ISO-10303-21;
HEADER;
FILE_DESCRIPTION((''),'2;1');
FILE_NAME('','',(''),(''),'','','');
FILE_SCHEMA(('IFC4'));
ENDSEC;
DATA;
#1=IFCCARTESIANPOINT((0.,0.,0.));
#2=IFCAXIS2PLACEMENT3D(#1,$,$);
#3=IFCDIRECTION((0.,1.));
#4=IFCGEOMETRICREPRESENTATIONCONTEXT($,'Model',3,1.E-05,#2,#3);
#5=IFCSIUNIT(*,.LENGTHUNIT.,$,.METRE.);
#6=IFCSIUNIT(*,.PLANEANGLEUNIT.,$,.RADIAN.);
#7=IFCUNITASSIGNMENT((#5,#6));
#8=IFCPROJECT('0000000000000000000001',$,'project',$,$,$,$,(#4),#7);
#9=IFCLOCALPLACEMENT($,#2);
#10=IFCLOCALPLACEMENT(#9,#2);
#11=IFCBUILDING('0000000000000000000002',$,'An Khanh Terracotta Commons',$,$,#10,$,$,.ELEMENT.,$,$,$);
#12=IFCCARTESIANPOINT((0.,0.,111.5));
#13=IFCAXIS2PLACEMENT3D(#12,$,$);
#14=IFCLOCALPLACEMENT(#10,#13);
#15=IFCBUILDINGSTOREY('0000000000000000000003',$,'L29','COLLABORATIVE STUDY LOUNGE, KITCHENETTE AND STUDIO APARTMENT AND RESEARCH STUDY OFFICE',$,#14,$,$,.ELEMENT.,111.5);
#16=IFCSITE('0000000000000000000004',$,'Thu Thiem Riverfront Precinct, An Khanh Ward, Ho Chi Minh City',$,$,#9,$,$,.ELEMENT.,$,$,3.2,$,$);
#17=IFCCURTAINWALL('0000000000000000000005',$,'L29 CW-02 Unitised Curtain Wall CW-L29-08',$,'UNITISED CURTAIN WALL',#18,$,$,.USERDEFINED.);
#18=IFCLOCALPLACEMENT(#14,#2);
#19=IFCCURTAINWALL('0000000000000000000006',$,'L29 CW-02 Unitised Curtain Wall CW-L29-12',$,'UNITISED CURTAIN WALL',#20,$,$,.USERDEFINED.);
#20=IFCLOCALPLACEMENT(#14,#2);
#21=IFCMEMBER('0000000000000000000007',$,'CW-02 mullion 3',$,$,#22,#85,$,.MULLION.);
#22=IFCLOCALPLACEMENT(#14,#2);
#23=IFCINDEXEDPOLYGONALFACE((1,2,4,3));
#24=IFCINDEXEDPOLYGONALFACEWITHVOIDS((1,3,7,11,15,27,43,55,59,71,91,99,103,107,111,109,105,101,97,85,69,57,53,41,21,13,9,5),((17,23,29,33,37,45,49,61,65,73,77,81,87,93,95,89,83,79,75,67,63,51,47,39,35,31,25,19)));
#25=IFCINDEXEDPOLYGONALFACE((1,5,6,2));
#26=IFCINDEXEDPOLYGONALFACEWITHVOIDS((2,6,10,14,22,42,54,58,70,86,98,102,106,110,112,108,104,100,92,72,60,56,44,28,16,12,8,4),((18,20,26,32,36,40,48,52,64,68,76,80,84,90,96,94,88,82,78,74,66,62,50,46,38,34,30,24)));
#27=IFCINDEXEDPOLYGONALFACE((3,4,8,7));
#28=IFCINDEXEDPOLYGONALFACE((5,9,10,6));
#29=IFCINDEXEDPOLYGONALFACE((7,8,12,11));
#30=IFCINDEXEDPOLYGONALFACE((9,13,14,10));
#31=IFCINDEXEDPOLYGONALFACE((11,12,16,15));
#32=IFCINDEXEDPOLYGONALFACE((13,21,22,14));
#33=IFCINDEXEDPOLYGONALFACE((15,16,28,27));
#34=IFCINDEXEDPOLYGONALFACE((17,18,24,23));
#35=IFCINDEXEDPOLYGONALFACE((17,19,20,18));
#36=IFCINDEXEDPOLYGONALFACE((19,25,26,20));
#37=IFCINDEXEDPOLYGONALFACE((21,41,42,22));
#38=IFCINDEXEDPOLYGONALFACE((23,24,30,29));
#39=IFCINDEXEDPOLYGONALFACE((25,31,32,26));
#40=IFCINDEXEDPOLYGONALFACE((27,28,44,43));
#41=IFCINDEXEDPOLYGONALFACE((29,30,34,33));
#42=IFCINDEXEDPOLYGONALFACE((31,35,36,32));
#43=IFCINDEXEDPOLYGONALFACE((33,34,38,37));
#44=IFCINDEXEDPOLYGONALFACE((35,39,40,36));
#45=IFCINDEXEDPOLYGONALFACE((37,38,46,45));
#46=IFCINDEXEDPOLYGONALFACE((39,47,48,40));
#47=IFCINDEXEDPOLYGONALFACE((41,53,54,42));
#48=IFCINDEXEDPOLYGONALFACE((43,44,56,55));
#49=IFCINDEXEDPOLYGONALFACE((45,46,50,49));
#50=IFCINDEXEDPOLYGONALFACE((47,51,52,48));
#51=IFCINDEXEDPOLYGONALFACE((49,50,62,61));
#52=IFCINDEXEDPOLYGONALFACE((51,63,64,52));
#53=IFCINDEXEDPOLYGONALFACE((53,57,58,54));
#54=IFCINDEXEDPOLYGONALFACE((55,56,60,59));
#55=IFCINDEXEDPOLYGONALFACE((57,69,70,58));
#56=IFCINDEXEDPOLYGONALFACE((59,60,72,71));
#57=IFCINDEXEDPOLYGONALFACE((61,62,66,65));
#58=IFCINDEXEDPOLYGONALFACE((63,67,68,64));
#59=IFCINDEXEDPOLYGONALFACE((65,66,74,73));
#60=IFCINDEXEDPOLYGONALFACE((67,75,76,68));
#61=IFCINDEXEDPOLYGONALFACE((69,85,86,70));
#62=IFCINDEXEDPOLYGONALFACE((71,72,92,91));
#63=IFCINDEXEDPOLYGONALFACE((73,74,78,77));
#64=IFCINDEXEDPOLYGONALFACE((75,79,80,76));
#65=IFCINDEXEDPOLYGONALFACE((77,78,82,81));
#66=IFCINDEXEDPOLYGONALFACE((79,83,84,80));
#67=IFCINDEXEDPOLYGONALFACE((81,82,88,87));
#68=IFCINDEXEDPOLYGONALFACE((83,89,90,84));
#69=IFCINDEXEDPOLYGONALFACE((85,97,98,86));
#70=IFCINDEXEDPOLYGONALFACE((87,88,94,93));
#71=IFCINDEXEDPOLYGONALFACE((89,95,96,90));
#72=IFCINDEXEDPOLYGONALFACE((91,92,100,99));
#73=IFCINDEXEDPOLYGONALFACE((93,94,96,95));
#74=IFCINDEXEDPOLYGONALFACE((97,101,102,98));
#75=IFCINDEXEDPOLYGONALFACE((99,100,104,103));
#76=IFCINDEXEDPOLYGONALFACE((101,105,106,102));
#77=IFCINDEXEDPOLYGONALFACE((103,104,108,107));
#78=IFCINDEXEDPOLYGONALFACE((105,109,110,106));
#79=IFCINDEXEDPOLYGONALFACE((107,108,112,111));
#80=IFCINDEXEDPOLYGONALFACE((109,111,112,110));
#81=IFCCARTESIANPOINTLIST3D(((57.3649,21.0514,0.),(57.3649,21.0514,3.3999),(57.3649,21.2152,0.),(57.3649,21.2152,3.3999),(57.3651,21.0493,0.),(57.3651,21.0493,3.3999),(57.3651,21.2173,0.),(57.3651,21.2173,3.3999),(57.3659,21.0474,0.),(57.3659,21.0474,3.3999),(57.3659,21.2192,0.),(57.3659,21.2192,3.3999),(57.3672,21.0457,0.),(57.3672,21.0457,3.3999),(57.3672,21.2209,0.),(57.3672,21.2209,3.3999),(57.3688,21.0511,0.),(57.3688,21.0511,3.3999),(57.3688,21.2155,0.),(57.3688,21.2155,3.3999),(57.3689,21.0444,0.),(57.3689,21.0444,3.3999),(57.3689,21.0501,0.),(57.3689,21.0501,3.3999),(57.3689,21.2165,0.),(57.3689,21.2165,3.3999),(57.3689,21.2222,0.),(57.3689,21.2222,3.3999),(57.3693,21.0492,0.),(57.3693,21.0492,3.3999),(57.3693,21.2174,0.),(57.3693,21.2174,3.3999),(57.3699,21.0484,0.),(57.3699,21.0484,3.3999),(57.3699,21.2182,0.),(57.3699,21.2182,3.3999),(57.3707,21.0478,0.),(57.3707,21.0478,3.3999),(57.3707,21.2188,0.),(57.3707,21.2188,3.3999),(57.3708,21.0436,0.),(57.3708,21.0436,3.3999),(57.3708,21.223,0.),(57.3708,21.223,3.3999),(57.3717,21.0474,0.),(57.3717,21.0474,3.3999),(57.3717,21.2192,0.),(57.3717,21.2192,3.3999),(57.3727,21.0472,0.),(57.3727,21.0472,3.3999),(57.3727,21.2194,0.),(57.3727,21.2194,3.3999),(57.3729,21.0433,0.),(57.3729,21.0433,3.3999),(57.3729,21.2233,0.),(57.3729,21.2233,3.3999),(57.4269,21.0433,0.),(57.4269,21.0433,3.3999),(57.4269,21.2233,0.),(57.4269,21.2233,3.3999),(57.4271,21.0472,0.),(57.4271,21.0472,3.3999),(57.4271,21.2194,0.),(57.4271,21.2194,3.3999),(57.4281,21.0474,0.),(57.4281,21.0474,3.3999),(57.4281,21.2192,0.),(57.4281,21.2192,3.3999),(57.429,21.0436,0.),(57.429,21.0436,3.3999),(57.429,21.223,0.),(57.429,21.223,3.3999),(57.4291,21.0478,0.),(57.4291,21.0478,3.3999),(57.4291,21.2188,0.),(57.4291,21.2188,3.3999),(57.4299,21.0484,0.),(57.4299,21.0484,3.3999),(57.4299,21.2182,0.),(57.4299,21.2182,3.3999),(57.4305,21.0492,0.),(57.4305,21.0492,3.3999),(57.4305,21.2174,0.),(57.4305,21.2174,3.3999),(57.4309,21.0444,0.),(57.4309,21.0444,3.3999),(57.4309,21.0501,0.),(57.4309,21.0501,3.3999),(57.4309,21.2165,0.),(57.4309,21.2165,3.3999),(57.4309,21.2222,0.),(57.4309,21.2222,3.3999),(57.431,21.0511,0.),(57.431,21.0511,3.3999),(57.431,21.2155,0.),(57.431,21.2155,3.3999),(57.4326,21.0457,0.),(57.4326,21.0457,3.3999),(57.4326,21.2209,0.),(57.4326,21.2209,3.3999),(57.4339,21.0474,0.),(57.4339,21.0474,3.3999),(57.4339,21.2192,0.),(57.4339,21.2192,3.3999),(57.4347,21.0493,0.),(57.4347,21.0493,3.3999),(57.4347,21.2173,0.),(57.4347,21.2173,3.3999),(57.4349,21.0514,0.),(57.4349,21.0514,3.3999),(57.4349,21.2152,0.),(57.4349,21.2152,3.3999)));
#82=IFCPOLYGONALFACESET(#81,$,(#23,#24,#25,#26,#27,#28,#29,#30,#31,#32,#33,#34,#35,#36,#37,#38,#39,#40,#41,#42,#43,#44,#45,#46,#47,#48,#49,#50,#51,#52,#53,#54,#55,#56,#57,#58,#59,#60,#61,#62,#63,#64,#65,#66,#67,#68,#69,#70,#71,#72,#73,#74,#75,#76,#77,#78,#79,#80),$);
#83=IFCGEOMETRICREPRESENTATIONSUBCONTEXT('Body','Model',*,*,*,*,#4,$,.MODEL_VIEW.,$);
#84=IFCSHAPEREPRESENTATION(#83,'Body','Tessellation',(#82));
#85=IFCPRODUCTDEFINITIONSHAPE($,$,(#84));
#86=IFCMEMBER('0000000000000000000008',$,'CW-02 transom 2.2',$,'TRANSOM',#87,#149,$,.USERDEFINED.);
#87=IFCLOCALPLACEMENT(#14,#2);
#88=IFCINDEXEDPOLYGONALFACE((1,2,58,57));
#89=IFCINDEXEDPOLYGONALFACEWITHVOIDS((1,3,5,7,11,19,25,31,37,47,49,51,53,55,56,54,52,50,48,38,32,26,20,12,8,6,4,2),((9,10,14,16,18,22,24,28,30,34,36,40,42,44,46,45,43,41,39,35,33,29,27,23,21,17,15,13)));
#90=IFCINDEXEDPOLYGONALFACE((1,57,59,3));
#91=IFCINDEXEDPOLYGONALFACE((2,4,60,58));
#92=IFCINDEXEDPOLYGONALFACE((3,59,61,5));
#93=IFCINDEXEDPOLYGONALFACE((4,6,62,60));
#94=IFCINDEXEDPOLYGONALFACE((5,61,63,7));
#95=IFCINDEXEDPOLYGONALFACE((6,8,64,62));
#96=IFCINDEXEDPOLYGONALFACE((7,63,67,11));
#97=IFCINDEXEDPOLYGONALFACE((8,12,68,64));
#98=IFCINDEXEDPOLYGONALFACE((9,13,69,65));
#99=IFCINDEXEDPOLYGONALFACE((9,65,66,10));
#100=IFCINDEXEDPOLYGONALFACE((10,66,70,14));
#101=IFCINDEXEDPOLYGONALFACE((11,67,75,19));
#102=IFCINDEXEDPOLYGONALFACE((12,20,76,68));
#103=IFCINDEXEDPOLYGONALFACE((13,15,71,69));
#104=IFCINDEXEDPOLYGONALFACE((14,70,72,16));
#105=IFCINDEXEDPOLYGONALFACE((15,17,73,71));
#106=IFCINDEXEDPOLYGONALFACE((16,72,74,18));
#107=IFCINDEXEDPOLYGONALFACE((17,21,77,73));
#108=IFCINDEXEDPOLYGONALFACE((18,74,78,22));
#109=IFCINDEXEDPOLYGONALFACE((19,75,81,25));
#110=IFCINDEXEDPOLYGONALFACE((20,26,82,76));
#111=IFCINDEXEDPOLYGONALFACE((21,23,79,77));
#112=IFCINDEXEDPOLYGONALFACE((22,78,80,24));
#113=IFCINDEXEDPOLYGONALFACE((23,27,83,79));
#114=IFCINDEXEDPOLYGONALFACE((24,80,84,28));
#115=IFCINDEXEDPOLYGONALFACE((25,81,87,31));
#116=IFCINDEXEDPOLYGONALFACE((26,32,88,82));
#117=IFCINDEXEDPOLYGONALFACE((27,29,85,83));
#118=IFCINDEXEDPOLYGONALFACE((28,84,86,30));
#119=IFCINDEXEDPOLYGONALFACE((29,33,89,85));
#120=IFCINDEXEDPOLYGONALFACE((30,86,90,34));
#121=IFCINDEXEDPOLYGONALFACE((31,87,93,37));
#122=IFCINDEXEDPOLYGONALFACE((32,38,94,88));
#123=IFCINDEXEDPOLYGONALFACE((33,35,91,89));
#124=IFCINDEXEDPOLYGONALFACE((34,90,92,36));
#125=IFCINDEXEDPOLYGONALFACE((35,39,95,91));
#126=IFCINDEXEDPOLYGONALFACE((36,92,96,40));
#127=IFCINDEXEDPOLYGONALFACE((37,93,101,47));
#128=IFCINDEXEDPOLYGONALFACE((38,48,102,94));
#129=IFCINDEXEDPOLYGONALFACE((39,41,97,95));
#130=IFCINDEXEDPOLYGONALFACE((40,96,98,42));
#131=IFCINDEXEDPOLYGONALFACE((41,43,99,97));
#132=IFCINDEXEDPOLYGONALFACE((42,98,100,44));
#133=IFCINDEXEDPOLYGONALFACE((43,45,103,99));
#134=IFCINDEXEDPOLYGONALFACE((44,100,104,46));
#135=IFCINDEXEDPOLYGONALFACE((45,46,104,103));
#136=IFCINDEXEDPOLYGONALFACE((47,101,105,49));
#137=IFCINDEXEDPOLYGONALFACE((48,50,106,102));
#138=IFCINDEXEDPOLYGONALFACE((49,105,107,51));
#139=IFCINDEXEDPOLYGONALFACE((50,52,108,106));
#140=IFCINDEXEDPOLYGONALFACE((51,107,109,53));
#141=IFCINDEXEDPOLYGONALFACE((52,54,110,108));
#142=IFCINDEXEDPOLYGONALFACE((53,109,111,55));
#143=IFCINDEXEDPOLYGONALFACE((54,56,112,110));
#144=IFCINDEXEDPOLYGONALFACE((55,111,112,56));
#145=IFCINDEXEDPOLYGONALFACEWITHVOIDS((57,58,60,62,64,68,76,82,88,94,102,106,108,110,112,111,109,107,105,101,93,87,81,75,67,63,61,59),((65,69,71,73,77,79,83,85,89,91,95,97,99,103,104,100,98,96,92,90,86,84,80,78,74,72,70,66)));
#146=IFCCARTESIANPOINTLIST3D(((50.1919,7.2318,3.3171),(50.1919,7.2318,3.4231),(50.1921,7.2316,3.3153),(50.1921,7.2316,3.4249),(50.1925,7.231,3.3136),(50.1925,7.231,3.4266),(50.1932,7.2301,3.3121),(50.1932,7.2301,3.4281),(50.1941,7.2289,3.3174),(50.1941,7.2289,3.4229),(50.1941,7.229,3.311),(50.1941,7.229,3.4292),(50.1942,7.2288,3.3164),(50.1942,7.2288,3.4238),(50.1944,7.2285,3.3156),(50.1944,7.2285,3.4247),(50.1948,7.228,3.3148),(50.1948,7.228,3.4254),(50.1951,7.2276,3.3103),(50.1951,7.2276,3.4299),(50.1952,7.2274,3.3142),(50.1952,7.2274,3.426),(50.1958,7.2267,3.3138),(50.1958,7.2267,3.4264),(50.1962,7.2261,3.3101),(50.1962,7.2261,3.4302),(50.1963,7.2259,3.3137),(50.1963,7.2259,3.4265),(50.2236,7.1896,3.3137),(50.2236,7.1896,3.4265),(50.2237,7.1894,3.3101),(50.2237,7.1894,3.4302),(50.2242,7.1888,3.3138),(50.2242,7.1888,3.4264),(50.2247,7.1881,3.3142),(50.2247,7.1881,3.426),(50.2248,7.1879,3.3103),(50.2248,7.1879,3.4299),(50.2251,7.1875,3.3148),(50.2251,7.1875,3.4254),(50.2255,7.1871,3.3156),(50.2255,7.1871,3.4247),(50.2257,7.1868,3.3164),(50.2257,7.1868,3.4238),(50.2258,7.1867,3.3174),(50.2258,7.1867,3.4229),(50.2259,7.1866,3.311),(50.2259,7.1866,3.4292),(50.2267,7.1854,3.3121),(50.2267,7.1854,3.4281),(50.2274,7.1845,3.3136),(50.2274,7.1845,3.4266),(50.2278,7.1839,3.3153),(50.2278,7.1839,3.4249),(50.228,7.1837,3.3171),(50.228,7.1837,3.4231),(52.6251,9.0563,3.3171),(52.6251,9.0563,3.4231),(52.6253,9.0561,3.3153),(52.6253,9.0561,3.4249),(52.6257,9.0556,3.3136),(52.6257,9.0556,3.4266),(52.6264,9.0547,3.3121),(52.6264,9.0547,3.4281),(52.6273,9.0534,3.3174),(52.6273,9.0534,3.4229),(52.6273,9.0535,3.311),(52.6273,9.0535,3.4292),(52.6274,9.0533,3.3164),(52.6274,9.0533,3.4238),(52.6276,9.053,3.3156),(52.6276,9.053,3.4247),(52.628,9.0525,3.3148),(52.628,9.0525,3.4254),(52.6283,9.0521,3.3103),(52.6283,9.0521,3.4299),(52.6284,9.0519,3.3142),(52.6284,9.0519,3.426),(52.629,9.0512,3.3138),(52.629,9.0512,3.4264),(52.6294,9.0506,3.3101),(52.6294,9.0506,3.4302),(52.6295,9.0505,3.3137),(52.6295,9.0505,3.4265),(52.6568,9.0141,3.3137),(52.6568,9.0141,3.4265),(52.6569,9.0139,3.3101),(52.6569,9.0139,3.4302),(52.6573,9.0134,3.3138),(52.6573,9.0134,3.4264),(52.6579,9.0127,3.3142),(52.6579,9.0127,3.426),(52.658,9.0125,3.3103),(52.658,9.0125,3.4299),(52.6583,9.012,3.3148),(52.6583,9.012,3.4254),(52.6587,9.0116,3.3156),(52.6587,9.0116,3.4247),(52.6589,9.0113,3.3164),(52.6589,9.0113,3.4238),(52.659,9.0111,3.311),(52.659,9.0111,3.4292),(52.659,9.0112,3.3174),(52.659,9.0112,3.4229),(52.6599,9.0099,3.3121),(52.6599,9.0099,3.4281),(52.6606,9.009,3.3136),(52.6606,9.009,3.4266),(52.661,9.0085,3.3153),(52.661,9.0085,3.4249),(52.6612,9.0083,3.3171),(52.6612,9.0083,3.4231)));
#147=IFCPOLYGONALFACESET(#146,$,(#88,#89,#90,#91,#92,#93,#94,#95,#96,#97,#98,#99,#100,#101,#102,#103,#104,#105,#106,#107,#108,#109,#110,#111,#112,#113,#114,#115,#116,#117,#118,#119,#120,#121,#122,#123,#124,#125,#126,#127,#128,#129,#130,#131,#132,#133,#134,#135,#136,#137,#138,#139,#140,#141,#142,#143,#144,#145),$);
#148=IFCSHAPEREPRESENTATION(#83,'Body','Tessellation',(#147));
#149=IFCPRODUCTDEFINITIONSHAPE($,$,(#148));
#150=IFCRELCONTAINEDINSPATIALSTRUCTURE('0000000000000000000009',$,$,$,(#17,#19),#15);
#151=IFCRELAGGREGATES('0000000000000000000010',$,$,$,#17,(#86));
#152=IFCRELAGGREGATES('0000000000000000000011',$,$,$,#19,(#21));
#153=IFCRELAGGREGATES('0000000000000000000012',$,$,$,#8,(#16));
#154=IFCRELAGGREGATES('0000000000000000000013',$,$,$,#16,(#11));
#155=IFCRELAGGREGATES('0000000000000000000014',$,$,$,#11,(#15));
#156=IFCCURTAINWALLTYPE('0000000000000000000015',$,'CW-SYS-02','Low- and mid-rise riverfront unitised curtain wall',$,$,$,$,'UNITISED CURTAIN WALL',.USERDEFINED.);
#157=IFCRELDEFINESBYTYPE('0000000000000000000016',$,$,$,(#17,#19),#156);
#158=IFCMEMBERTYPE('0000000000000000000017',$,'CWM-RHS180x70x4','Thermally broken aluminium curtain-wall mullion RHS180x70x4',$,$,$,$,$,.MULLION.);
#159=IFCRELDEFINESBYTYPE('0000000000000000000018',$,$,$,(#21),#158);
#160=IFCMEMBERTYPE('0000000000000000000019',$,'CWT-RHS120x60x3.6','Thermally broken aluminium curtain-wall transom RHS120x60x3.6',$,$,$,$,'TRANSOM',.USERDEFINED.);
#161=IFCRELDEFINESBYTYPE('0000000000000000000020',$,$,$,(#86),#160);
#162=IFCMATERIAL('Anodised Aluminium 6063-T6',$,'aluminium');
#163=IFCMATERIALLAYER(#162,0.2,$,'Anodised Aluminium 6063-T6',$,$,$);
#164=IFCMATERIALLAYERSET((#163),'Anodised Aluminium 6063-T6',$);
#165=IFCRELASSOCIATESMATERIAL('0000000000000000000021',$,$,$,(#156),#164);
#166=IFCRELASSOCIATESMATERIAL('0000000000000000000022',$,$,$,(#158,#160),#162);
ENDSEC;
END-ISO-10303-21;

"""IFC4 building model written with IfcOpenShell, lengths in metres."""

from ifc_helpers import new_model, si_unit, direction, frame, origin, origin_2d, place, context, subcontext, project, spatial, hollow_rectangle, extrude, material, layer, layer_set, material_profile, profile_set, type_object, element, aggregate, save


model = new_model("IFC4")

# Units and contexts
model_context = context("Model", 3, precision=1e-05, world=origin(), true_north=direction((0.0, 1.0)))
body_context = subcontext(model_context, "Body", "Model", "MODEL_VIEW")
ifc_project = project(units=[si_unit("LENGTHUNIT", "METRE"), si_unit("PLANEANGLEUNIT", "RADIAN")], contexts=[model_context])

# Site, building, storey
site_placement = place(None, origin())
site = spatial("IfcSite", under=ifc_project, at=site_placement, Name="Thu Thiem Riverfront Precinct, An Khanh Ward, Ho Chi Minh City", CompositionType="ELEMENT", RefElevation=3.2)
building_placement = place(site_placement, origin())
building = spatial("IfcBuilding", under=site, at=building_placement, Name="An Khanh Terracotta Commons", CompositionType="ELEMENT")
storey_placement = place(building_placement, frame((0.0, 0.0, 111.5)))
storey = spatial("IfcBuildingStorey", under=building, at=storey_placement, Name="L29", Description="COLLABORATIVE STUDY LOUNGE, KITCHENETTE AND STUDIO APARTMENT AND RESEARCH STUDY OFFICE", CompositionType="ELEMENT", Elevation=111.5)

# Curtain walls, member
ifc_material_1 = material(Name="Anodised Aluminium 6063-T6", Category="aluminium")
ifc_layer_1 = layer(ifc_material_1, 0.2, Name="Anodised Aluminium 6063-T6")
ifc_layer_set_1 = layer_set([ifc_layer_1], Name="Anodised Aluminium 6063-T6")
curtain_wall_type = type_object("IfcCurtainWallType", Name="CW-SYS-02", Description="Low- and mid-rise riverfront unitised curtain wall", ElementType="UNITISED CURTAIN WALL", PredefinedType="USERDEFINED", material=ifc_layer_set_1)
curtain_wall_1_placement = place(storey_placement, origin())
curtain_wall_1 = element("IfcCurtainWall", 1, at=curtain_wall_1_placement, inside=storey, type_object=curtain_wall_type, Name="L29 CW-02 Unitised Curtain Wall CW-L29-08", ObjectType="UNITISED CURTAIN WALL", PredefinedType="USERDEFINED")
ifc_material_profile_1 = material_profile(ifc_material_1, hollow_rectangle(XDim=0.0701, YDim=0.1799, WallThickness=0.0039, InnerFilletRadius=0.0039, OuterFilletRadius=0.0081, at=origin_2d()), Name="RHS180x70x4")
ifc_profile_set_1 = profile_set([ifc_material_profile_1], Name="Anodised Aluminium 6063-T6")
member_type_1 = type_object("IfcMemberType", Name="CWM-RHS180x70x4", Description="Thermally broken aluminium curtain-wall mullion RHS180x70x4", PredefinedType="MULLION", material=ifc_profile_set_1)
curtain_wall_2_placement = place(storey_placement, origin())
curtain_wall_2 = element("IfcCurtainWall", 2, at=curtain_wall_2_placement, inside=storey, type_object=curtain_wall_type, Name="L29 CW-02 Unitised Curtain Wall CW-L29-12", ObjectType="UNITISED CURTAIN WALL", PredefinedType="USERDEFINED")
member_1_placement = place(storey_placement, frame((57.3999, 21.1333, 0.0), z_axis=(0.0, 0.0, 1.0), x_axis=(-1.0, 0.0, 0.0)))
member_1 = element("IfcMember", 3, at=member_1_placement, type_object=member_type_1, Name="CW-02 mullion 3", PredefinedType="MULLION", context=body_context, shape_type="SweptSolid", body=[
    extrude(hollow_rectangle(XDim=0.0701, YDim=0.1799, WallThickness=0.0039, InnerFilletRadius=0.0039, OuterFilletRadius=0.0081, at=origin_2d()), origin(), (0.0, 0.0, 1.0), 3.3999),
])

# Member
ifc_material_profile_2 = material_profile(ifc_material_1, hollow_rectangle(XDim=0.0601, YDim=0.1201, WallThickness=0.0037, InnerFilletRadius=0.0037, OuterFilletRadius=0.0071, at=origin_2d()), Name="RHS120x60x3.6")
ifc_profile_set_2 = profile_set([ifc_material_profile_2], Name="Anodised Aluminium 6063-T6")
member_type_2 = type_object("IfcMemberType", Name="CWT-RHS120x60x3.6", Description="Thermally broken aluminium curtain-wall transom RHS120x60x3.6", ElementType="TRANSOM", PredefinedType="USERDEFINED", material=ifc_profile_set_2)
member_2_placement = place(storey_placement, frame((50.21, 7.2078, 3.3701), z_axis=(0.800058, 0.599923, 0.0), x_axis=(-0.599923, 0.800058, 0.0)))
member_2 = element("IfcMember", 4, at=member_2_placement, type_object=member_type_2, Name="CW-02 transom 2.2", ObjectType="TRANSOM", PredefinedType="USERDEFINED", context=body_context, shape_type="SweptSolid", body=[
    extrude(hollow_rectangle(XDim=0.0601, YDim=0.1201, WallThickness=0.0037, InnerFilletRadius=0.0037, OuterFilletRadius=0.0071, at=origin_2d()), origin(), (0.0, 0.0, 1.0), 3.0413),
])

aggregate(curtain_wall_1, [member_2])
aggregate(curtain_wall_2, [member_1])

save(model, "model.ifc")
